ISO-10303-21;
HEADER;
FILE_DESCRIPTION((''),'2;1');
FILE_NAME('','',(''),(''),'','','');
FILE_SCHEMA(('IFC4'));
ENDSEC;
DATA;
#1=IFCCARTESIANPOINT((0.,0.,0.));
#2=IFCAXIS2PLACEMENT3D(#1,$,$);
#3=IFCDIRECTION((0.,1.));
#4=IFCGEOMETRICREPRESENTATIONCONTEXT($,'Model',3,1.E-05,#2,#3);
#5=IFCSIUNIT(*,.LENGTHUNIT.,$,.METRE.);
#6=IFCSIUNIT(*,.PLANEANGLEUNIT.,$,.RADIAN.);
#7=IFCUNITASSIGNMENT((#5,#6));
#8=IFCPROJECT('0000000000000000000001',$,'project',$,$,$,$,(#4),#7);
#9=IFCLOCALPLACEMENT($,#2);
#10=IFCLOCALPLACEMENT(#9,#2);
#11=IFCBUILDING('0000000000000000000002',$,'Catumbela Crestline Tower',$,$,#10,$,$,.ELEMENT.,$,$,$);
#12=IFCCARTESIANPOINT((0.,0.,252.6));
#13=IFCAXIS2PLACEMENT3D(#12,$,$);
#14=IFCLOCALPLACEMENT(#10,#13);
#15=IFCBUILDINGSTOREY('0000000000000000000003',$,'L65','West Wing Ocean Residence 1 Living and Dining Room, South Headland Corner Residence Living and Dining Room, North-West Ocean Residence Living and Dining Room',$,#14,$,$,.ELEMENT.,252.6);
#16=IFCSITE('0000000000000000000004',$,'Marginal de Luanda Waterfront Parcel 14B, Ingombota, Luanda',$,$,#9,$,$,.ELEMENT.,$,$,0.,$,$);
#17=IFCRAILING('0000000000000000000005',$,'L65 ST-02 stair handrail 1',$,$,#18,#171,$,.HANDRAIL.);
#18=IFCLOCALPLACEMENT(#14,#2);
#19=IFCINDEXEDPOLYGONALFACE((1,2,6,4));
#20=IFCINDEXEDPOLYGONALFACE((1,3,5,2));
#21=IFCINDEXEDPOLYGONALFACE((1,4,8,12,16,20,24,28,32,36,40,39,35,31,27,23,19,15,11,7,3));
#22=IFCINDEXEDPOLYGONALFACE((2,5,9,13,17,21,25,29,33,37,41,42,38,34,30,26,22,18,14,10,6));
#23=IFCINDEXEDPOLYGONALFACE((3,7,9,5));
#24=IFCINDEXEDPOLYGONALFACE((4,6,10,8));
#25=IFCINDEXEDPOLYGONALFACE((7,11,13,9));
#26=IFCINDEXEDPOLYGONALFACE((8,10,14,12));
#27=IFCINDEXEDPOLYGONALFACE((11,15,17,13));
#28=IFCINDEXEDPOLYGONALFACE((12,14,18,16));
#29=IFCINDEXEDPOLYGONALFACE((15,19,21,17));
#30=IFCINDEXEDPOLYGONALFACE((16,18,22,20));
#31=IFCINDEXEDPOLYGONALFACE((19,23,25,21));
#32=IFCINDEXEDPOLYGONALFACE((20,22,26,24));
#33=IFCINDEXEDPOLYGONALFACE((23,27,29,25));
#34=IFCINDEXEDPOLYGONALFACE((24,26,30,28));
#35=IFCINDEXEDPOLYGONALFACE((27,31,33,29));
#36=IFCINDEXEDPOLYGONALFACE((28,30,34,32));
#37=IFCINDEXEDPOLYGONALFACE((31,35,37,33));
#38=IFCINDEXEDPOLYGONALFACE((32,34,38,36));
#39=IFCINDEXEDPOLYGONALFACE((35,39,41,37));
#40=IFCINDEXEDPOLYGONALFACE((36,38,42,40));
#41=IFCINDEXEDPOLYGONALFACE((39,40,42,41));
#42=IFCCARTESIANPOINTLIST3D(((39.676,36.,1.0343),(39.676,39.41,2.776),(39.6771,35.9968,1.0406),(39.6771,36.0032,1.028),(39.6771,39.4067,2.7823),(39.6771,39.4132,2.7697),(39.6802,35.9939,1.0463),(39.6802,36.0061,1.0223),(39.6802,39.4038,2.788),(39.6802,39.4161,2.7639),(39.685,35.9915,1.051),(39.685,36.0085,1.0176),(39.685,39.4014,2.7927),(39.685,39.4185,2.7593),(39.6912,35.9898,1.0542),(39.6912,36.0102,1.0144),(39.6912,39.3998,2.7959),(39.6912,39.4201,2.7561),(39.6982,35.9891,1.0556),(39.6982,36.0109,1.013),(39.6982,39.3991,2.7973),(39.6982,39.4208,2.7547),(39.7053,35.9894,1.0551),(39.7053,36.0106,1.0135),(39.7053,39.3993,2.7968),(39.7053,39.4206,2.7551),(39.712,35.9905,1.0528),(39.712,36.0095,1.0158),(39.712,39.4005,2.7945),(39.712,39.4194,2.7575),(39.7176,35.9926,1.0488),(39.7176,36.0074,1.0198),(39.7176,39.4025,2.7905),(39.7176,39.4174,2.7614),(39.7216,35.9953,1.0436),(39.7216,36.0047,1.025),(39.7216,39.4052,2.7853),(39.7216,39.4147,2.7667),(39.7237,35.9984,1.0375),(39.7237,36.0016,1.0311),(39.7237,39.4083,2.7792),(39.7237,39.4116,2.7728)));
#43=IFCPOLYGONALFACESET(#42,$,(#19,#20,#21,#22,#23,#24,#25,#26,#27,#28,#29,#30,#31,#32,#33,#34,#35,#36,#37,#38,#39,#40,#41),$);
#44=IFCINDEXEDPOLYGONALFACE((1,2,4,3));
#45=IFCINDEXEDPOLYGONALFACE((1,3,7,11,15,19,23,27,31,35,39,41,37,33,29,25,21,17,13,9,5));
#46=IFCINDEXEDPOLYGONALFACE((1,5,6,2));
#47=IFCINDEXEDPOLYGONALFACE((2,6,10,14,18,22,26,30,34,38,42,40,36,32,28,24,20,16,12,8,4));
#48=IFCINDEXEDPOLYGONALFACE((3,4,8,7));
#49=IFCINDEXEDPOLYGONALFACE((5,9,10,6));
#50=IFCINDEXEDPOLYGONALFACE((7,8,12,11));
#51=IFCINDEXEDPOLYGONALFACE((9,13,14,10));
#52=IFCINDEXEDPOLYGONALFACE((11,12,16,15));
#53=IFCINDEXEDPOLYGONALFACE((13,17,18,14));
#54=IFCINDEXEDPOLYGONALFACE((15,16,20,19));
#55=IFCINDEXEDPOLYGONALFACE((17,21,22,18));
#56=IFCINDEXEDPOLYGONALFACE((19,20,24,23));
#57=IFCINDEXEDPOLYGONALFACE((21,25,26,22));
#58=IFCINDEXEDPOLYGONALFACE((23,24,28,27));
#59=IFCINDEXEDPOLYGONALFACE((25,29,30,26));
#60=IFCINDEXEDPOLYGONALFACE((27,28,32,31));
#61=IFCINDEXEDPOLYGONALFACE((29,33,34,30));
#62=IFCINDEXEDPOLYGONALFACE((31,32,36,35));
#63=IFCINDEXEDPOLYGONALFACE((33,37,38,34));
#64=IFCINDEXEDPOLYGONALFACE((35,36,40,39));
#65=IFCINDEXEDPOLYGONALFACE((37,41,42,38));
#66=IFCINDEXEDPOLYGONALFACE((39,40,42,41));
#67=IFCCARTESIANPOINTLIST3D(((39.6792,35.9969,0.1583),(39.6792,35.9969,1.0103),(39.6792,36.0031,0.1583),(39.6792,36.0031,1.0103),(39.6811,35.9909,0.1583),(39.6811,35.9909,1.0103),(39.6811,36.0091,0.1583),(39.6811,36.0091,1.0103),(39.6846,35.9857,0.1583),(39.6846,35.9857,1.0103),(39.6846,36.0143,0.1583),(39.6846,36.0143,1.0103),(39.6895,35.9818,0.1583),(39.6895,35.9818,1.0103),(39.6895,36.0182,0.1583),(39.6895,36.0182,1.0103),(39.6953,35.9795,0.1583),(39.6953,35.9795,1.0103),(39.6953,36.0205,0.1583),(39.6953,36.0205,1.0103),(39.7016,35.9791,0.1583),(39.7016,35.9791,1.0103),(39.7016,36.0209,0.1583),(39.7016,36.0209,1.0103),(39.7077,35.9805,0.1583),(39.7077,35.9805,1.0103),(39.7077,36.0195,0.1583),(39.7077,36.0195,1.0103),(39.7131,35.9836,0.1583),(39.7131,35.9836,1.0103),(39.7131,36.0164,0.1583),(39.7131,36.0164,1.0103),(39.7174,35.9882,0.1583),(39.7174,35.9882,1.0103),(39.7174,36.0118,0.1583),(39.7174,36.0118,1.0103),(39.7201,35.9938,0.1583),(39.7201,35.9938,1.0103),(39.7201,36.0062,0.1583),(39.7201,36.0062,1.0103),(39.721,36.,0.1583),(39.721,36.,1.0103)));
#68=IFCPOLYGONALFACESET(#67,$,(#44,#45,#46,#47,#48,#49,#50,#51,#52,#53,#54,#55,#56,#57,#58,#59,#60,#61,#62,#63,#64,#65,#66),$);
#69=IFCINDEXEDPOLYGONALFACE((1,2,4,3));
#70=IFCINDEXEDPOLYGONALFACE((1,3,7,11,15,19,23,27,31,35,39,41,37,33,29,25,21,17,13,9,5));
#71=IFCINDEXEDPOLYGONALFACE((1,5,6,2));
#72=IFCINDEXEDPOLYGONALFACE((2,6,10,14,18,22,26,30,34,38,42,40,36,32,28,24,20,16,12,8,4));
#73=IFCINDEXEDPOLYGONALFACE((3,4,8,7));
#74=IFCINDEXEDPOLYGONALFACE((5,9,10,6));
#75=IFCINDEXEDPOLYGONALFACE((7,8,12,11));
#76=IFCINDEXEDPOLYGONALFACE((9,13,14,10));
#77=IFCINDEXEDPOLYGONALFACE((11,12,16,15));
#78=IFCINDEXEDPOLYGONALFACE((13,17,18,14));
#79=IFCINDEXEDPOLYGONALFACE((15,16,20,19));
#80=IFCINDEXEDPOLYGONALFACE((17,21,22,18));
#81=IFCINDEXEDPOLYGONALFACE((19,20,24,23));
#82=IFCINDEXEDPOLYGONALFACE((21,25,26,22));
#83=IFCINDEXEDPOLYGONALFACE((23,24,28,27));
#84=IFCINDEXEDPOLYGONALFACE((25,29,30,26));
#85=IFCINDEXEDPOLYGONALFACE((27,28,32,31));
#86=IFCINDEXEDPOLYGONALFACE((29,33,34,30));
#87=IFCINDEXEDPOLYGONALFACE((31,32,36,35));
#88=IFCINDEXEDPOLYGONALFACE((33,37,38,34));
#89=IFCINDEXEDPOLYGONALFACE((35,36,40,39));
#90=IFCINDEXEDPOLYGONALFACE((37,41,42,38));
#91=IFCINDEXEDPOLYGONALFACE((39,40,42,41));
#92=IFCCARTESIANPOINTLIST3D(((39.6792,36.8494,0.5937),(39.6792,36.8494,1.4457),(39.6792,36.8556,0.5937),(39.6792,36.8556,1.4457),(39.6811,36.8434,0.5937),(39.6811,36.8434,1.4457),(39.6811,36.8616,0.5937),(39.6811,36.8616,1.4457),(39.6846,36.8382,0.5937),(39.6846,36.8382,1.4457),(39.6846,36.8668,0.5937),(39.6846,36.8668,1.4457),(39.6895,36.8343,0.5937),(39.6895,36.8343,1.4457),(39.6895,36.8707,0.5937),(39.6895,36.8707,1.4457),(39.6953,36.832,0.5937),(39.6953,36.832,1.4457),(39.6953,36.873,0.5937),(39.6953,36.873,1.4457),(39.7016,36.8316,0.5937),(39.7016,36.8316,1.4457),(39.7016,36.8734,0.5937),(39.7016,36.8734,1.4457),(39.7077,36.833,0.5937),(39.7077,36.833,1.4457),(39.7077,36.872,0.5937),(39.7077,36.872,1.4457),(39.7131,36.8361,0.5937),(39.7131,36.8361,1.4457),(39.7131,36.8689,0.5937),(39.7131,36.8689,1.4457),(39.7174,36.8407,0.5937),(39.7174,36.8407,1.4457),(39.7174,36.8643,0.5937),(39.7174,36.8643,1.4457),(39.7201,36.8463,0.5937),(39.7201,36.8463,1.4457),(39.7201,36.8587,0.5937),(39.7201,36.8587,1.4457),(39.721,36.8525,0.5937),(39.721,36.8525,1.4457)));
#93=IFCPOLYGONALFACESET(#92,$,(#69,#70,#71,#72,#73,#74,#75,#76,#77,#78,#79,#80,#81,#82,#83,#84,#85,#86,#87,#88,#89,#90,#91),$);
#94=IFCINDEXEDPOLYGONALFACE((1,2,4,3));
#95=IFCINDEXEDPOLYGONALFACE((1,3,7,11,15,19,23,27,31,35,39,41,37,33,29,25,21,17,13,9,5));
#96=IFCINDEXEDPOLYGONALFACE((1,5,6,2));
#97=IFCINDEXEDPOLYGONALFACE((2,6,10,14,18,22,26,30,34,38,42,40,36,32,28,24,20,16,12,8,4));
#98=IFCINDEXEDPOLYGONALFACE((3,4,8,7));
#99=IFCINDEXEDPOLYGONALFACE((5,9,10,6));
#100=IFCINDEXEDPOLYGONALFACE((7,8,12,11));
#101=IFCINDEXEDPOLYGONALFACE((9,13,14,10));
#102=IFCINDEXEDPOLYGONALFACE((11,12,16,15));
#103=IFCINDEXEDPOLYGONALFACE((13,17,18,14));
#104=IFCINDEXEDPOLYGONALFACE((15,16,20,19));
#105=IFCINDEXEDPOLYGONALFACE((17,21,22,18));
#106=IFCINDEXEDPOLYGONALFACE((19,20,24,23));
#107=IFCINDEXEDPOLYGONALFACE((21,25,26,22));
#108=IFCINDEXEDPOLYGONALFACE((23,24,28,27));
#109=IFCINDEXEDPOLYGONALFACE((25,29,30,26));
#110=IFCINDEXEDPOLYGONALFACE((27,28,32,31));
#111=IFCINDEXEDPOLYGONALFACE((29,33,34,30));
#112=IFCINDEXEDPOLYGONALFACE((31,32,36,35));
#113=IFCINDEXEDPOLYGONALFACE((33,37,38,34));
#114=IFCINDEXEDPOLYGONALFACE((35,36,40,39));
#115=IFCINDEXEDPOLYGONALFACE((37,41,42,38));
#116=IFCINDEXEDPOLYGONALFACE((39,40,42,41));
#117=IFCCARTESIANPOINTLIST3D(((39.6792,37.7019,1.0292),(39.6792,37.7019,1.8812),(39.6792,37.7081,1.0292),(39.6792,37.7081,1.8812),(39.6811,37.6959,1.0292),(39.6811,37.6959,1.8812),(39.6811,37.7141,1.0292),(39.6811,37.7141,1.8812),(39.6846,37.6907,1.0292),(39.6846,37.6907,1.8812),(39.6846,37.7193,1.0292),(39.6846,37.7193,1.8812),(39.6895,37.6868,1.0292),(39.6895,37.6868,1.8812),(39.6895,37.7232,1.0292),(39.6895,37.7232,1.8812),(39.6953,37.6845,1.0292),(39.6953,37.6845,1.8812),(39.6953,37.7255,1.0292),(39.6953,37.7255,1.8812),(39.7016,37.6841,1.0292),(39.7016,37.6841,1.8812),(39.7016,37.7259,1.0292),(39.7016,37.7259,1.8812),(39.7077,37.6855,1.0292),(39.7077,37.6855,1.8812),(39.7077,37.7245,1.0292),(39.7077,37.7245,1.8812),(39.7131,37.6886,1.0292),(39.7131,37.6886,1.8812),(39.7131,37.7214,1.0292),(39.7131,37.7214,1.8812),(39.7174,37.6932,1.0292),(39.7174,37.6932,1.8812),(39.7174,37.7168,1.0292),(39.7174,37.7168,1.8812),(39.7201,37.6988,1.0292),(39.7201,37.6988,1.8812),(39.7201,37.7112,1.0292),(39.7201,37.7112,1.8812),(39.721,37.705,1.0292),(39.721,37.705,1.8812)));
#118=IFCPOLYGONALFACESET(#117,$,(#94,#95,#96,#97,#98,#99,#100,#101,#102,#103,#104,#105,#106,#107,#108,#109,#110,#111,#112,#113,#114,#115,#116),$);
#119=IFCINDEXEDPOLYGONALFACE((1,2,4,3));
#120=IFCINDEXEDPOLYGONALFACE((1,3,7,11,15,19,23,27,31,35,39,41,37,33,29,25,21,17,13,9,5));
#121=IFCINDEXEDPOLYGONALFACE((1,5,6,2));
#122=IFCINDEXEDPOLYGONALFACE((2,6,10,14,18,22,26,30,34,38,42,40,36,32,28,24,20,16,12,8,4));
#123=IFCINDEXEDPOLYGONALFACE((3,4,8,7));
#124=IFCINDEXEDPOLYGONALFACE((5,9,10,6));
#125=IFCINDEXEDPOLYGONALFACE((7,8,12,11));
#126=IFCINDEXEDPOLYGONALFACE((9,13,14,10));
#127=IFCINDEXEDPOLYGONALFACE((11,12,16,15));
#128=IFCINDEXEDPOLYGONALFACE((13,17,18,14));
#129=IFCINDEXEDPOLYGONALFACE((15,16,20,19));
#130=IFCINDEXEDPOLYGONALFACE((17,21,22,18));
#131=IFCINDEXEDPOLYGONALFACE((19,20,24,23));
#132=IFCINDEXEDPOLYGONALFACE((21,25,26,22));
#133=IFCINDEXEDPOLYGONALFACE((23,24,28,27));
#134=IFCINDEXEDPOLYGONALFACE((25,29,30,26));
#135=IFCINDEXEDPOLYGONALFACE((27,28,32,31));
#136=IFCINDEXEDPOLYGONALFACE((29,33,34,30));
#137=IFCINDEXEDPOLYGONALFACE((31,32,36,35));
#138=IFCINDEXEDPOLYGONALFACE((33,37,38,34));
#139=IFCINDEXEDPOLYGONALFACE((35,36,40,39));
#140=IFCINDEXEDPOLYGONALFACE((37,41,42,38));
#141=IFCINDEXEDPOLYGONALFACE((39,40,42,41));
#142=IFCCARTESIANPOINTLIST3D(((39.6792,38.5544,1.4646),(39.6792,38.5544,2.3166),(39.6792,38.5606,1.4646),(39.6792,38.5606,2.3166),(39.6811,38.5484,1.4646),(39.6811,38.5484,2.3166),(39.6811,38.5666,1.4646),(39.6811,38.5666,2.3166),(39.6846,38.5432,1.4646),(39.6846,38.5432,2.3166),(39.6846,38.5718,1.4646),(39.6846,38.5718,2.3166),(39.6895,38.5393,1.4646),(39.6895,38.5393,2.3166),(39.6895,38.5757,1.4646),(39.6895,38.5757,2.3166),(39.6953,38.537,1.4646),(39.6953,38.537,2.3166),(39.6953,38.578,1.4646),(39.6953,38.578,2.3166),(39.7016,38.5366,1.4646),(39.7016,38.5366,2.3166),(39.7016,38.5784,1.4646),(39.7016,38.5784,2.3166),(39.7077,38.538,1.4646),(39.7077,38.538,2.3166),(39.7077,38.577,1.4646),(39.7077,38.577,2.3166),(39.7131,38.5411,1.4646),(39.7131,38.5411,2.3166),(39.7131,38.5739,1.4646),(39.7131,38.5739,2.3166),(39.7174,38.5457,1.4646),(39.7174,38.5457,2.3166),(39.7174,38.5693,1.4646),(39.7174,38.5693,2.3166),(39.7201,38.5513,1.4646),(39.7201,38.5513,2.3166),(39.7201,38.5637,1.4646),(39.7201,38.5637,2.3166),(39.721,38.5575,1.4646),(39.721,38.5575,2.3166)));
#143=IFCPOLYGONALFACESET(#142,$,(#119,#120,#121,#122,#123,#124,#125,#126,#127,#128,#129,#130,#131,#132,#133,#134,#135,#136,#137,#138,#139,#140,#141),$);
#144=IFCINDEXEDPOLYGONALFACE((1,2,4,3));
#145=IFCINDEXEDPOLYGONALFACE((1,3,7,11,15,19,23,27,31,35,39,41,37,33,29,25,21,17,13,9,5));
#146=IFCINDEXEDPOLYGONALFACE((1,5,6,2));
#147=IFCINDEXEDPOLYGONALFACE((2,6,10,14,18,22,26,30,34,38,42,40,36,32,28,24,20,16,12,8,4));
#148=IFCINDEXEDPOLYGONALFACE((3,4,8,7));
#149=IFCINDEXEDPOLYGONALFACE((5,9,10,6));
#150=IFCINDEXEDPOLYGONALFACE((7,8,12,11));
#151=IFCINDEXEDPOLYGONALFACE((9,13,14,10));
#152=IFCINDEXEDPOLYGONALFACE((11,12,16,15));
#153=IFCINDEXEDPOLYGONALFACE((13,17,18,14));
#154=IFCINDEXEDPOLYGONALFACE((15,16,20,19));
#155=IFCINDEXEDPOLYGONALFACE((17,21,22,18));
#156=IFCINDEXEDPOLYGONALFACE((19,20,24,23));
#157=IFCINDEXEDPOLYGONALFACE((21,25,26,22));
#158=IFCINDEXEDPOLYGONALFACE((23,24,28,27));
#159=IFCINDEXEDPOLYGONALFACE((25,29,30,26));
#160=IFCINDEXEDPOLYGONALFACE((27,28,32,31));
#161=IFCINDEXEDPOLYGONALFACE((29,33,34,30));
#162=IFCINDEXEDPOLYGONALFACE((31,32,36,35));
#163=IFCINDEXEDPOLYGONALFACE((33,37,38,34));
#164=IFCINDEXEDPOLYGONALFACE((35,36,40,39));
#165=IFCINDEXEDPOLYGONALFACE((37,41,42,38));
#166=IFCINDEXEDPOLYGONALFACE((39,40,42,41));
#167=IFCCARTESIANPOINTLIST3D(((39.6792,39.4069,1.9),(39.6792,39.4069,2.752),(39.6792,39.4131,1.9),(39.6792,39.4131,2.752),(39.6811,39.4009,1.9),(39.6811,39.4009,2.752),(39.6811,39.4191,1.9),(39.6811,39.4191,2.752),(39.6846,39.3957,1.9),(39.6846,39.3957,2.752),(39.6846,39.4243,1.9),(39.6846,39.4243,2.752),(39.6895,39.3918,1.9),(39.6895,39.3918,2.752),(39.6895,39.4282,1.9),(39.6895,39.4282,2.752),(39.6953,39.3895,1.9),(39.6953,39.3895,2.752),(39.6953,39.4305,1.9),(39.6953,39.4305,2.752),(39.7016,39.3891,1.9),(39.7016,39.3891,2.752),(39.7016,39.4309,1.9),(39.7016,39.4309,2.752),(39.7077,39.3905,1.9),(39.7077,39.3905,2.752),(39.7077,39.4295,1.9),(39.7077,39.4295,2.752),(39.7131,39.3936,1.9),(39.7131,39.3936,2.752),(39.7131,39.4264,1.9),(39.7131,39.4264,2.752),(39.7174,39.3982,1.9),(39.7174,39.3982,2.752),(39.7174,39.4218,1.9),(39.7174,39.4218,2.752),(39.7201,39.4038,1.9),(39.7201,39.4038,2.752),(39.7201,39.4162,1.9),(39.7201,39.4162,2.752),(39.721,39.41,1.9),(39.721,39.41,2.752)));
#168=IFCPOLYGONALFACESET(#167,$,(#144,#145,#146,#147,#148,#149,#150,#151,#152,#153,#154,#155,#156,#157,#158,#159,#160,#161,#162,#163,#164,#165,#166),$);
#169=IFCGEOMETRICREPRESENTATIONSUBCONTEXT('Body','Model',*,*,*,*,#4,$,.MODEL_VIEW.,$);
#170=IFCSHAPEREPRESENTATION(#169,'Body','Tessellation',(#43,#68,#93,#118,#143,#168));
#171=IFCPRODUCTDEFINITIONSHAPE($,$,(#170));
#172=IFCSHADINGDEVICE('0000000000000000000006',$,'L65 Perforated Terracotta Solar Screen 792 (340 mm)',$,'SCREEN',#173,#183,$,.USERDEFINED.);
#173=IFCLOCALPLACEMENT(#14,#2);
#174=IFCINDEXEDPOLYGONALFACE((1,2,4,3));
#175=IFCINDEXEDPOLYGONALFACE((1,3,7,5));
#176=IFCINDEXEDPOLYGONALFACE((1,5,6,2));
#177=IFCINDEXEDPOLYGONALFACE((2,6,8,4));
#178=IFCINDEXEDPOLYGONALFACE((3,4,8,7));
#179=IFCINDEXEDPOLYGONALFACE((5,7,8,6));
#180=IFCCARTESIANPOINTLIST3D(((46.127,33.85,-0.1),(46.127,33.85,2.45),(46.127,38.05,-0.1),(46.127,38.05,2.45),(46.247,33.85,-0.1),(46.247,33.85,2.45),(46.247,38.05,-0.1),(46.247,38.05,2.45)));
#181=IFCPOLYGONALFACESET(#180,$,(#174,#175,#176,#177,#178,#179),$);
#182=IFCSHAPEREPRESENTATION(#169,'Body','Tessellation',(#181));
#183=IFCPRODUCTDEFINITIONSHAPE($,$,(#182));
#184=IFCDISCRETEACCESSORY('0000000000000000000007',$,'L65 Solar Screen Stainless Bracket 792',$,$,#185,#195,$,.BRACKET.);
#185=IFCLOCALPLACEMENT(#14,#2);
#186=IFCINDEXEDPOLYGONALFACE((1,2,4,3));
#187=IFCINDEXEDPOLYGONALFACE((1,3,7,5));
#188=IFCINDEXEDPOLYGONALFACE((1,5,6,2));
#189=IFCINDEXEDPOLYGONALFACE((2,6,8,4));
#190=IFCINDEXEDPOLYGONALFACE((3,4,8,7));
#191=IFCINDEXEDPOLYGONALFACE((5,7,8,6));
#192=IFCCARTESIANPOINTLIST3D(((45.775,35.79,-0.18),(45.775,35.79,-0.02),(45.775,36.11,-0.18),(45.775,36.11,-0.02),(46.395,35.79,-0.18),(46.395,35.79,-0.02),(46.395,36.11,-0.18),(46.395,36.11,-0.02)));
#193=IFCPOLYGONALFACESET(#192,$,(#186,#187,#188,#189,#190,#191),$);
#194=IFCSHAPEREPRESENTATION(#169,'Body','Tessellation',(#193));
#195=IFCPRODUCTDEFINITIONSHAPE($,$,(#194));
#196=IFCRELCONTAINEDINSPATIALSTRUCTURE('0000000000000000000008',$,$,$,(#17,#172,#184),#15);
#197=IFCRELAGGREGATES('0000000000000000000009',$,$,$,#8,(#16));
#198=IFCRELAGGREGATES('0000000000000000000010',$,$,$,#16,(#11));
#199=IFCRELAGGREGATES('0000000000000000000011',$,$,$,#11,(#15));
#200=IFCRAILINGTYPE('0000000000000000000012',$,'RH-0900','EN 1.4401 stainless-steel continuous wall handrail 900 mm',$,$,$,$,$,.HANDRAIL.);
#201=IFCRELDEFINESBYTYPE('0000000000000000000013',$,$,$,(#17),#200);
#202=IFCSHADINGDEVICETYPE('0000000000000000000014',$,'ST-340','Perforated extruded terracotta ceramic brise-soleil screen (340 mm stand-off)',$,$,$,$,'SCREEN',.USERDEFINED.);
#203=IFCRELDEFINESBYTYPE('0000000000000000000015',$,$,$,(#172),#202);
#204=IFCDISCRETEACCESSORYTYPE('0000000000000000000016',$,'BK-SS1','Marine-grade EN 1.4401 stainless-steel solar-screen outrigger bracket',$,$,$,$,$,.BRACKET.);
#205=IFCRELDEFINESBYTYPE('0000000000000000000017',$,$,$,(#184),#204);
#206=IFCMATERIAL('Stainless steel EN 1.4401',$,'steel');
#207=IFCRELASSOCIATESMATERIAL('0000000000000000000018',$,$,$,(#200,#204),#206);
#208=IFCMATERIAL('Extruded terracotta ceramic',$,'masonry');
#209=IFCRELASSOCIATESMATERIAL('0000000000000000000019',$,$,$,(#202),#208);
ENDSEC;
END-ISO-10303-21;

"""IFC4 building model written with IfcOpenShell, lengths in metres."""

from ifc_helpers import new_model, si_unit, direction, frame, origin, origin_2d, place, context, subcontext, project, spatial, rectangle, circle, extrude, material, type_object, element, save


model = new_model("IFC4")

# Units and contexts
model_context = context("Model", 3, precision=1e-05, world=origin(), true_north=direction((0.0, 1.0)))
body_context = subcontext(model_context, "Body", "Model", "MODEL_VIEW")
ifc_project = project(units=[si_unit("LENGTHUNIT", "METRE"), si_unit("PLANEANGLEUNIT", "RADIAN")], contexts=[model_context])

# Site, building, storey
site_placement = place(None, origin())
site = spatial("IfcSite", under=ifc_project, at=site_placement, Name="Marginal de Luanda Waterfront Parcel 14B, Ingombota, Luanda", CompositionType="ELEMENT", RefElevation=0.0)
building_placement = place(site_placement, origin())
building = spatial("IfcBuilding", under=site, at=building_placement, Name="Catumbela Crestline Tower", CompositionType="ELEMENT")
storey_placement = place(building_placement, frame((0.0, 0.0, 252.6)))
storey = spatial("IfcBuildingStorey", under=building, at=storey_placement, Name="L65", Description="West Wing Ocean Residence 1 Living and Dining Room, South Headland Corner Residence Living and Dining Room, North-West Ocean Residence Living and Dining Room", CompositionType="ELEMENT", Elevation=252.6)

# Railing
ifc_material_1 = material(Name="Stainless steel EN 1.4401", Category="steel")
railing_type_1 = type_object("IfcRailingType", Name="RH-0900", Description="EN 1.4401 stainless-steel continuous wall handrail 900 mm", PredefinedType="HANDRAIL", material=ifc_material_1)
railing_1_placement = place(storey_placement, frame((39.7, 36.0, 0.1583)))
element("IfcRailing", 1, at=railing_1_placement, inside=storey, type_object=railing_type_1, Name="L65 ST-02 stair handrail 1", PredefinedType="HANDRAIL", context=body_context, shape_type="SweptSolid", body=[
    extrude(circle(Radius=0.024, at=origin_2d()), frame((0.0, 0.0, 0.876), z_axis=(0.0, 0.89056, 0.454865), x_axis=(-1.0, 0.0, 0.0)), (0.0, 0.0, 1.0), 3.829),
    extrude(circle(Radius=0.021, at=origin_2d()), origin(), (0.0, 0.0, 1.0), 0.852),
    extrude(circle(Radius=0.021, at=origin_2d()), frame((0.0, 0.8525, 0.4354)), (0.0, 0.0, 1.0), 0.852),
    extrude(circle(Radius=0.021, at=origin_2d()), frame((0.0, 1.705, 0.8709)), (0.0, 0.0, 1.0), 0.852),
    extrude(circle(Radius=0.021, at=origin_2d()), frame((0.0, 2.5575, 1.3063)), (0.0, 0.0, 1.0), 0.852),
    extrude(circle(Radius=0.021, at=origin_2d()), frame((0.0, 3.41, 1.7417)), (0.0, 0.0, 1.0), 0.852),
])

# Shading device
ifc_material_2 = material(Name="Extruded terracotta ceramic", Category="masonry")
shading_device_type = type_object("IfcShadingDeviceType", Name="ST-340", Description="Perforated extruded terracotta ceramic brise-soleil screen (340 mm stand-off)", ElementType="SCREEN", PredefinedType="USERDEFINED", material=ifc_material_2)
shading_device_placement = place(storey_placement, frame((46.187, 35.95, -0.1), z_axis=(0.0, 0.0, 1.0), x_axis=(0.0, 1.0, 0.0)))
element("IfcShadingDevice", 2, at=shading_device_placement, inside=storey, type_object=shading_device_type, Name="L65 Perforated Terracotta Solar Screen 792 (340 mm)", ObjectType="SCREEN", PredefinedType="USERDEFINED", context=body_context, shape_type="SweptSolid", body=[
    extrude(rectangle(XDim=4.2, YDim=0.12, at=origin_2d()), origin(), (0.0, 0.0, 1.0), 2.55),
])

# Discrete accessory
discrete_accessory_type = type_object("IfcDiscreteAccessoryType", Name="BK-SS1", Description="Marine-grade EN 1.4401 stainless-steel solar-screen outrigger bracket", PredefinedType="BRACKET", material=ifc_material_1)
discrete_accessory_placement = place(storey_placement, frame((46.085, 35.95, -0.18), z_axis=(0.0, 0.0, 1.0), x_axis=(0.0, 1.0, 0.0)))
element("IfcDiscreteAccessory", 3, at=discrete_accessory_placement, inside=storey, type_object=discrete_accessory_type, Name="L65 Solar Screen Stainless Bracket 792", PredefinedType="BRACKET", context=body_context, shape_type="SweptSolid", body=[
    extrude(rectangle(XDim=0.32, YDim=0.62, at=origin_2d()), origin(), (0.0, 0.0, 1.0), 0.16),
])

save(model, "model.ifc")
